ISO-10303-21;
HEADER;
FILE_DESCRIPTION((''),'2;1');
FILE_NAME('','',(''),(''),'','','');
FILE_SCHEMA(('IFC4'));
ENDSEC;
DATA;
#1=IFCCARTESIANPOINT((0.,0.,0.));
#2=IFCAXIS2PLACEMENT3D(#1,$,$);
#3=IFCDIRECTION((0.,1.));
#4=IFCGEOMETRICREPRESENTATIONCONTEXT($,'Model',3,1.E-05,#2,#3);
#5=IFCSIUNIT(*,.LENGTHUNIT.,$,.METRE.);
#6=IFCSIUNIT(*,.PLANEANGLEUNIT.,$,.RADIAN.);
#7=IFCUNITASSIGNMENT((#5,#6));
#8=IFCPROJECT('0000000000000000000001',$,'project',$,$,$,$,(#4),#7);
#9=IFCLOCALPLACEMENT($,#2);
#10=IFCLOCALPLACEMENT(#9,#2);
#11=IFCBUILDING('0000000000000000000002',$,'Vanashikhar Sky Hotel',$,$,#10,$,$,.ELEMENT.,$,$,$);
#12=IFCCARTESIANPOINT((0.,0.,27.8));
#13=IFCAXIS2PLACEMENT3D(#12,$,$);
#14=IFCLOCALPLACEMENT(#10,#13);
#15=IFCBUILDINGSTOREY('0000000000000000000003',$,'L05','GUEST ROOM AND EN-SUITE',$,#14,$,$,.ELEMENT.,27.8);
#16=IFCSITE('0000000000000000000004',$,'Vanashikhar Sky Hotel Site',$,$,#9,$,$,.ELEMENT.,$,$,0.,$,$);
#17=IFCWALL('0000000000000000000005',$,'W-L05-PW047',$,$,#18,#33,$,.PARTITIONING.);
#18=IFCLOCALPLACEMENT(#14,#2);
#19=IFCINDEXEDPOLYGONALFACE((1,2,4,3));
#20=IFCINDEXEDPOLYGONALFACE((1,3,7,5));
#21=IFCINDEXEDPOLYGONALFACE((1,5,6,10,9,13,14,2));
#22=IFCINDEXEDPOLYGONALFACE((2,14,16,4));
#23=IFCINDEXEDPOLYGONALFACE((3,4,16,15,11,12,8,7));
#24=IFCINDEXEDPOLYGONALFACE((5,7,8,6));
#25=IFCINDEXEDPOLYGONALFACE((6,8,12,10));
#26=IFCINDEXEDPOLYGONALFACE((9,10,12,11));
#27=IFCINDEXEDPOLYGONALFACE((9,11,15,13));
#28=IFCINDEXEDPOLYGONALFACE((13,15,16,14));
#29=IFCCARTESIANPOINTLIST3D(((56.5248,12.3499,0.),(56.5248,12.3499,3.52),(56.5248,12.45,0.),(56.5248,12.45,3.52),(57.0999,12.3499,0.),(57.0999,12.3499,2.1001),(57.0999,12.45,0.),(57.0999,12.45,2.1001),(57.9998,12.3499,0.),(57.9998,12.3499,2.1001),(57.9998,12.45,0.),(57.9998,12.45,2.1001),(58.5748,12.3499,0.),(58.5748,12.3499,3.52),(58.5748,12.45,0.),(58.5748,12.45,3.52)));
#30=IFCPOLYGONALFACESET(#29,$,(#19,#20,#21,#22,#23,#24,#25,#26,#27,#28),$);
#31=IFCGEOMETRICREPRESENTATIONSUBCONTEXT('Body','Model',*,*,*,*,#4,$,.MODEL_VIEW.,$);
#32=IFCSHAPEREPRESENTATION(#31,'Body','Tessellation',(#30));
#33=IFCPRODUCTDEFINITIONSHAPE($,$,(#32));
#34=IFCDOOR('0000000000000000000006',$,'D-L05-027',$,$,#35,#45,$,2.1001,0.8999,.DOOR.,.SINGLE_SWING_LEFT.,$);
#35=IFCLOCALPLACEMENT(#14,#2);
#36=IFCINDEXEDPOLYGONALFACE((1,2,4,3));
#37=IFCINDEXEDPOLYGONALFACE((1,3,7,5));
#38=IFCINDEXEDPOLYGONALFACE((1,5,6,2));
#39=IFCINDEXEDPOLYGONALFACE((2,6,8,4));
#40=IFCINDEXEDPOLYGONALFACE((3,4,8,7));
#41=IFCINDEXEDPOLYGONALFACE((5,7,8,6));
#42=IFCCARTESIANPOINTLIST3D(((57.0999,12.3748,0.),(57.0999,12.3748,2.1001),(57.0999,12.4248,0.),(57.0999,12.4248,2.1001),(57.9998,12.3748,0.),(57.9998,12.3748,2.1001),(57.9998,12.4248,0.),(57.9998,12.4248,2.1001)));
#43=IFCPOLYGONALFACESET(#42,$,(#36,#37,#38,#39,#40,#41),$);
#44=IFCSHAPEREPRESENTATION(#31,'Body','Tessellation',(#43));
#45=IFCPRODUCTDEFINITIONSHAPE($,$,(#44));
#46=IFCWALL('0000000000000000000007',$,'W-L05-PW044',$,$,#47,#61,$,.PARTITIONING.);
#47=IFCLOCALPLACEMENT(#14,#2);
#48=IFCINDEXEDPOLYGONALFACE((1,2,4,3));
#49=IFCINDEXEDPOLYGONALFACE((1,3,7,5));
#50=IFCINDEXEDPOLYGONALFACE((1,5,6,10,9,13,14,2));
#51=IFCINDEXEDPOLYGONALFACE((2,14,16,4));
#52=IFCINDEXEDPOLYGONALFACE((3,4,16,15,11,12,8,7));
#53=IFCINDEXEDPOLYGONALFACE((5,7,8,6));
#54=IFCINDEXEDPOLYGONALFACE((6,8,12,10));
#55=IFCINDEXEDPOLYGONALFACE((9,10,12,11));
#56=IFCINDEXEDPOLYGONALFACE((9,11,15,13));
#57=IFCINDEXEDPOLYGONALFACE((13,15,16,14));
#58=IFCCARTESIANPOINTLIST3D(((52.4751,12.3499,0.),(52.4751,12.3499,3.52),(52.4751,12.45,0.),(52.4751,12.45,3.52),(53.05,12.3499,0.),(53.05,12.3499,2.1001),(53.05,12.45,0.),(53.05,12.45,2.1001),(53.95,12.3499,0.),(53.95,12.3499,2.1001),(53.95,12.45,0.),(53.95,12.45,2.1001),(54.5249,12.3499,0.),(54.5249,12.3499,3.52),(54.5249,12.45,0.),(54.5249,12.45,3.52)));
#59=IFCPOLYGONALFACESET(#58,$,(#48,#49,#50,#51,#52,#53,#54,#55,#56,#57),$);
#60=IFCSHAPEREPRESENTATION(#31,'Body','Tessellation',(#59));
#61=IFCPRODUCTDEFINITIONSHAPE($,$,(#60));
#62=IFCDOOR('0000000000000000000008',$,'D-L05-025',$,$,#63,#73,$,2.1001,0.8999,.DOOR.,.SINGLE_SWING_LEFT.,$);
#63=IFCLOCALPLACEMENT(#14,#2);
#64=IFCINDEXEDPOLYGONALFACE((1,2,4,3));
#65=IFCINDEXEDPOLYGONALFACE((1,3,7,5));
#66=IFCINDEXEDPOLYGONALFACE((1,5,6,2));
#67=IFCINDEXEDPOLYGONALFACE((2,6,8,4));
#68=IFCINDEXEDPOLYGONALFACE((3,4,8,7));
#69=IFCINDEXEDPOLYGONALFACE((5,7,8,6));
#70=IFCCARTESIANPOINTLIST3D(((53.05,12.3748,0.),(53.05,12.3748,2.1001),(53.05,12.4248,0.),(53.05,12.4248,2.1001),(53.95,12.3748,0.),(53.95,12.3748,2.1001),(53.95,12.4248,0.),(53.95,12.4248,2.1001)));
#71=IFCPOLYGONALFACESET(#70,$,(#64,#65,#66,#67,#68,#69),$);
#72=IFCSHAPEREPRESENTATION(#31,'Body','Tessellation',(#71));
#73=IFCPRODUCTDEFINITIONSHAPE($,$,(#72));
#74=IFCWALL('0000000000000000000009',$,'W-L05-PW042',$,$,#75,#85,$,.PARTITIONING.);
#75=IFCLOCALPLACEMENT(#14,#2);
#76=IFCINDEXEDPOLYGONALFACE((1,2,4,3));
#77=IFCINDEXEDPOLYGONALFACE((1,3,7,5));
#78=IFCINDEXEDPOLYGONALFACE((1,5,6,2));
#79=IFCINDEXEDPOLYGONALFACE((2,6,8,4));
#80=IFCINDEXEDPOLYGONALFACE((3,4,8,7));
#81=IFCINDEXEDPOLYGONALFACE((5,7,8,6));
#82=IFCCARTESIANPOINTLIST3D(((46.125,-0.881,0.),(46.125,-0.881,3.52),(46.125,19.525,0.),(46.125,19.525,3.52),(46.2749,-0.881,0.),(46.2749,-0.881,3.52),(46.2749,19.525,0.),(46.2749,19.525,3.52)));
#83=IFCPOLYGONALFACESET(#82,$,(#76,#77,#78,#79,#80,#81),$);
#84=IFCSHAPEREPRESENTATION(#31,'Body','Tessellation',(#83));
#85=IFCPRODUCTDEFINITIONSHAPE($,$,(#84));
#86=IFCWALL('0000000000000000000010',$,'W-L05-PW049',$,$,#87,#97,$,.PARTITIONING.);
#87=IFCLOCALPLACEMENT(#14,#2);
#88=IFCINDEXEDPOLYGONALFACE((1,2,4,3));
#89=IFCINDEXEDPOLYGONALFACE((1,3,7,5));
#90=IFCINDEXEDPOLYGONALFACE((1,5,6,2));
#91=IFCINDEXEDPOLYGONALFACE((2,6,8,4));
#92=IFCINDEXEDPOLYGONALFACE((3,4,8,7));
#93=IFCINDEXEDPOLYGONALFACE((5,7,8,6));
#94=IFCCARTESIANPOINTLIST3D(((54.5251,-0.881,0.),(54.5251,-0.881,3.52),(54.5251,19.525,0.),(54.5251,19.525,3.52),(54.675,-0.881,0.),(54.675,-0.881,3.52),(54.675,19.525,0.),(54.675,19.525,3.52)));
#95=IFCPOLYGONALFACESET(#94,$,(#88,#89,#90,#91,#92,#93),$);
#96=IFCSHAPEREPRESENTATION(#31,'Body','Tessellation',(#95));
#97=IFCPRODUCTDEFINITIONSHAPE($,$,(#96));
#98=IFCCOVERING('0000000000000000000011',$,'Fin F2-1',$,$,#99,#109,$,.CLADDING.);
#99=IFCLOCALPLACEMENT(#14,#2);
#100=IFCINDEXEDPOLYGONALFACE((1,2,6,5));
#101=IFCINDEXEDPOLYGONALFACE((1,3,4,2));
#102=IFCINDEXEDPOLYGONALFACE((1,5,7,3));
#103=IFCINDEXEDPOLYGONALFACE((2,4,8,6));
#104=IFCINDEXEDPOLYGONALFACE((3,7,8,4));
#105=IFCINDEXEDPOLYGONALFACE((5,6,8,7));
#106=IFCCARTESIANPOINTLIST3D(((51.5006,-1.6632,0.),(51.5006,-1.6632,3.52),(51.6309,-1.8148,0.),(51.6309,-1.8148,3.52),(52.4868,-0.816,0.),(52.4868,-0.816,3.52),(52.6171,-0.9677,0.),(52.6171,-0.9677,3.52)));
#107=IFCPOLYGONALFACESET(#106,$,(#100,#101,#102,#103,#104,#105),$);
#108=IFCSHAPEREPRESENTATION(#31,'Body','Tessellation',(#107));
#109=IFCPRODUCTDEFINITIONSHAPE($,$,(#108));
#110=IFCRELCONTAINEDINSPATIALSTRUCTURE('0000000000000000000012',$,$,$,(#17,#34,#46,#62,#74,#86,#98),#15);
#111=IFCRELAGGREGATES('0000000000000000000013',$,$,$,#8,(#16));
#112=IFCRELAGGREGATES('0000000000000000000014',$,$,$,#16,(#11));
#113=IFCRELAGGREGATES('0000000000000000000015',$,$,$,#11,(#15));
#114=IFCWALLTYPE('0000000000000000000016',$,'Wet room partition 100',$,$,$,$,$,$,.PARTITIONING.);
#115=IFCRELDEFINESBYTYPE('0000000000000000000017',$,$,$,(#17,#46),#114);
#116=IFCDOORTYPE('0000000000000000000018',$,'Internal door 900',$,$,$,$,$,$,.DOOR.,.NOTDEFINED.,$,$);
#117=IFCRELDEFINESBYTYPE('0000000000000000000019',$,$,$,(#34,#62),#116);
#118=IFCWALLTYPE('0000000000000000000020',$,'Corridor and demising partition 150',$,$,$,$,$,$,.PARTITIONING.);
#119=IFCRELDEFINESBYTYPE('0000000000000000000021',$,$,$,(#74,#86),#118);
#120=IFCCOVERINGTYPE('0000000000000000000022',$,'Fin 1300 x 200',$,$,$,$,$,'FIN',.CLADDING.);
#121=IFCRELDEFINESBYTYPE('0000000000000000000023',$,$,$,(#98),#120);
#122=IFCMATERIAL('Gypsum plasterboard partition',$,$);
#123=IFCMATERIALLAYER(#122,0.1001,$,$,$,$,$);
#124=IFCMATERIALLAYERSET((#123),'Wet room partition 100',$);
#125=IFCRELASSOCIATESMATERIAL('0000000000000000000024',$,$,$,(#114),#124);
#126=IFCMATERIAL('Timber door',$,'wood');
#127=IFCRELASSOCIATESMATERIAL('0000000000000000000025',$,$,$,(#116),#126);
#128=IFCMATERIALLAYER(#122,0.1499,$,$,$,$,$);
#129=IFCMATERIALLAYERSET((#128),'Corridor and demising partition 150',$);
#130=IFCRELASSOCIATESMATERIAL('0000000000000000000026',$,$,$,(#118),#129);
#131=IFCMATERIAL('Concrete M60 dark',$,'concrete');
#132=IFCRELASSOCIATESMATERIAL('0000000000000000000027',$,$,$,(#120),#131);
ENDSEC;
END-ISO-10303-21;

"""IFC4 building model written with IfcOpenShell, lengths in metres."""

from ifc_helpers import new_model, si_unit, direction, frame, frame_2d, origin, origin_2d, place, context, subcontext, project, spatial, rectangle, extrude, source, transform, mapped, material, layer, layer_set, material_profile, profile_set, type_object, element, fill, save


model = new_model("IFC4")

# Units and contexts
model_context = context("Model", 3, precision=1e-05, world=origin(), true_north=direction((0.0, 1.0)))
body_context = subcontext(model_context, "Body", "Model", "MODEL_VIEW")
ifc_project = project(units=[si_unit("LENGTHUNIT", "METRE"), si_unit("PLANEANGLEUNIT", "RADIAN")], contexts=[model_context])

# Site, building, storey
site_placement = place(None, origin())
site = spatial("IfcSite", under=ifc_project, at=site_placement, Name="Vanashikhar Sky Hotel Site", CompositionType="ELEMENT", RefElevation=0.0)
building_placement = place(site_placement, origin())
building = spatial("IfcBuilding", under=site, at=building_placement, Name="Vanashikhar Sky Hotel", CompositionType="ELEMENT")
storey_placement = place(building_placement, frame((0.0, 0.0, 27.8)))
storey = spatial("IfcBuildingStorey", under=building, at=storey_placement, Name="L05", Description="GUEST ROOM AND EN-SUITE", CompositionType="ELEMENT", Elevation=27.8)

# Shared definitions
ifc_material_1 = material(Name="Gypsum plasterboard partition")
ifc_layer_1 = layer(ifc_material_1, 0.1001)
ifc_layer_set_1 = layer_set([ifc_layer_1], Name="Wet room partition 100")
wall_type_1 = type_object("IfcWallType", Name="Wet room partition 100", PredefinedType="PARTITIONING", material=ifc_layer_set_1)

# Walls, openings, doors
shared_shape_1 = source(origin(), body_context, "Body", "SweptSolid", [
    extrude(rectangle(XDim=2.05, YDim=0.1001, at=frame_2d((1.0249, 0.0))), origin(), (0.0, 0.0, 1.0), 3.52),
])
shared_shape_2 = source(origin(), body_context, "Body", "SweptSolid", [
    extrude(rectangle(XDim=0.8999, YDim=2.1001, at=frame_2d((0.45, 1.05))), frame((0.0, 0.0601, 0.0), z_axis=(0.0, -1.0, 0.0), x_axis=(1.0, 0.0, 0.0)), (0.0, 0.0, 1.0), 0.1201),
])
ifc_material_2 = material(Name="Timber door", Category="wood")
door_type = type_object("IfcDoorType", Name="Internal door 900", OperationType="NOTDEFINED", PredefinedType="DOOR", material=ifc_material_2)
shared_shape_3 = source(origin(), body_context, "Body", "SweptSolid", [
    extrude(rectangle(XDim=0.8999, YDim=2.1001, at=frame_2d((0.45, 1.05))), frame((0.0, 0.0249, 0.0), z_axis=(0.0, -1.0, 0.0), x_axis=(1.0, 0.0, 0.0)), (0.0, 0.0, 1.0), 0.05),
])
wall_1_placement = place(storey_placement, frame((56.5249, 12.3999, 0.0), z_axis=(0.0, 0.0, 1.0), x_axis=(1.0, 0.0, 0.0)))
wall_1 = element("IfcWall", 1, at=wall_1_placement, inside=storey, type_object=wall_type_1, Name="W-L05-PW047", PredefinedType="PARTITIONING", context=body_context, shape_type="MappedRepresentation", body=[
    mapped(shared_shape_1, transform((0.0, 0.0, 0.0), scale=1.0)),
])
opening_1_placement = place(wall_1_placement, frame((0.575, 0.0, 0.0)))
opening_1 = element("IfcOpeningElement", 2, at=opening_1_placement, cuts=wall_1, PredefinedType="OPENING", context=body_context, shape_type="MappedRepresentation", body=[
    mapped(shared_shape_2, transform((0.0, 0.0, 0.0), scale=1.0)),
])
door_1_placement = place(opening_1_placement, origin())
door_1 = element("IfcDoor", 3, at=door_1_placement, inside=storey, type_object=door_type, Name="D-L05-027", OperationType="SINGLE_SWING_LEFT", OverallHeight=2.1001, OverallWidth=0.8999, PredefinedType="DOOR", context=body_context, shape_type="MappedRepresentation", body=[
    mapped(shared_shape_3, transform((0.0, 0.0, 0.0), scale=1.0)),
])
fill(opening_1, door_1)
shared_shape_4 = source(origin(), body_context, "Body", "SweptSolid", [
    extrude(rectangle(XDim=2.0498, YDim=0.1001, at=frame_2d((1.0249, 0.0))), origin(), (0.0, 0.0, 1.0), 3.52),
])
wall_2_placement = place(storey_placement, frame((52.4751, 12.3999, 0.0), z_axis=(0.0, 0.0, 1.0), x_axis=(1.0, 0.0, 0.0)))
wall_2 = element("IfcWall", 4, at=wall_2_placement, inside=storey, type_object=wall_type_1, Name="W-L05-PW044", PredefinedType="PARTITIONING", context=body_context, shape_type="MappedRepresentation", body=[
    mapped(shared_shape_4, transform((0.0, 0.0, 0.0), scale=1.0)),
])
opening_2_placement = place(wall_2_placement, frame((0.575, 0.0, 0.0)))
opening_2 = element("IfcOpeningElement", 5, at=opening_2_placement, cuts=wall_2, PredefinedType="OPENING", context=body_context, shape_type="MappedRepresentation", body=[
    mapped(shared_shape_2, transform((0.0, 0.0, 0.0), scale=1.0)),
])
door_2_placement = place(opening_2_placement, origin())
door_2 = element("IfcDoor", 6, at=door_2_placement, inside=storey, type_object=door_type, Name="D-L05-025", OperationType="SINGLE_SWING_LEFT", OverallHeight=2.1001, OverallWidth=0.8999, PredefinedType="DOOR", context=body_context, shape_type="MappedRepresentation", body=[
    mapped(shared_shape_3, transform((0.0, 0.0, 0.0), scale=1.0)),
])
fill(opening_2, door_2)

# Walls
ifc_layer_2 = layer(ifc_material_1, 0.1499)
ifc_layer_set_2 = layer_set([ifc_layer_2], Name="Corridor and demising partition 150")
wall_type_2 = type_object("IfcWallType", Name="Corridor and demising partition 150", PredefinedType="PARTITIONING", material=ifc_layer_set_2)
shared_shape_5 = source(origin(), body_context, "Body", "SweptSolid", [
    extrude(rectangle(XDim=20.406, YDim=0.1499, at=frame_2d((10.2031, 0.0))), origin(), (0.0, 0.0, 1.0), 3.52),
])
for number, where, z_axis, x_axis, name in (
    (7, (46.2, -0.8811, 0.0), (0.0, 0.0, 1.0), (0.0, 1.0, 0.0), "W-L05-PW042"),
    (8, (54.6001, -0.8811, 0.0), (0.0, 0.0, 1.0), (0.0, 1.0, 0.0), "W-L05-PW049"),
):
    element("IfcWall", number, at=place(storey_placement, frame(where, z_axis=z_axis, x_axis=x_axis)), inside=storey, type_object=wall_type_2, Name=name, PredefinedType="PARTITIONING", context=body_context, shape_type="MappedRepresentation", body=[
        mapped(shared_shape_5, transform((0.0, 0.0, 0.0), scale=1.0)),
    ])

# Covering
ifc_material_3 = material(Name="Concrete M60 dark", Category="concrete")
ifc_material_profile = material_profile(ifc_material_3, rectangle(XDim=1.3, YDim=0.2, at=origin_2d()))
ifc_profile_set = profile_set([ifc_material_profile], Name="Fin 1300 x 200")
covering_type = type_object("IfcCoveringType", Name="Fin 1300 x 200", ElementType="FIN", PredefinedType="CLADDING", material=ifc_profile_set)
shared_shape_6 = source(origin(), body_context, "Body", "SweptSolid", [
    extrude(rectangle(XDim=1.3, YDim=0.2, at=origin_2d()), origin(), (0.0, 0.0, 1.0), 3.52),
])
covering_placement = place(storey_placement, frame((52.0588, -1.3154, 0.0), z_axis=(0.0, 0.0, 1.0), x_axis=(-0.758544, -0.651622, 0.0)))
element("IfcCovering", 9, at=covering_placement, inside=storey, type_object=covering_type, Name="Fin F2-1", PredefinedType="CLADDING", context=body_context, shape_type="MappedRepresentation", body=[
    mapped(shared_shape_6, transform((0.0, 0.0, 0.0), scale=1.0)),
])

save(model, "model.ifc")
